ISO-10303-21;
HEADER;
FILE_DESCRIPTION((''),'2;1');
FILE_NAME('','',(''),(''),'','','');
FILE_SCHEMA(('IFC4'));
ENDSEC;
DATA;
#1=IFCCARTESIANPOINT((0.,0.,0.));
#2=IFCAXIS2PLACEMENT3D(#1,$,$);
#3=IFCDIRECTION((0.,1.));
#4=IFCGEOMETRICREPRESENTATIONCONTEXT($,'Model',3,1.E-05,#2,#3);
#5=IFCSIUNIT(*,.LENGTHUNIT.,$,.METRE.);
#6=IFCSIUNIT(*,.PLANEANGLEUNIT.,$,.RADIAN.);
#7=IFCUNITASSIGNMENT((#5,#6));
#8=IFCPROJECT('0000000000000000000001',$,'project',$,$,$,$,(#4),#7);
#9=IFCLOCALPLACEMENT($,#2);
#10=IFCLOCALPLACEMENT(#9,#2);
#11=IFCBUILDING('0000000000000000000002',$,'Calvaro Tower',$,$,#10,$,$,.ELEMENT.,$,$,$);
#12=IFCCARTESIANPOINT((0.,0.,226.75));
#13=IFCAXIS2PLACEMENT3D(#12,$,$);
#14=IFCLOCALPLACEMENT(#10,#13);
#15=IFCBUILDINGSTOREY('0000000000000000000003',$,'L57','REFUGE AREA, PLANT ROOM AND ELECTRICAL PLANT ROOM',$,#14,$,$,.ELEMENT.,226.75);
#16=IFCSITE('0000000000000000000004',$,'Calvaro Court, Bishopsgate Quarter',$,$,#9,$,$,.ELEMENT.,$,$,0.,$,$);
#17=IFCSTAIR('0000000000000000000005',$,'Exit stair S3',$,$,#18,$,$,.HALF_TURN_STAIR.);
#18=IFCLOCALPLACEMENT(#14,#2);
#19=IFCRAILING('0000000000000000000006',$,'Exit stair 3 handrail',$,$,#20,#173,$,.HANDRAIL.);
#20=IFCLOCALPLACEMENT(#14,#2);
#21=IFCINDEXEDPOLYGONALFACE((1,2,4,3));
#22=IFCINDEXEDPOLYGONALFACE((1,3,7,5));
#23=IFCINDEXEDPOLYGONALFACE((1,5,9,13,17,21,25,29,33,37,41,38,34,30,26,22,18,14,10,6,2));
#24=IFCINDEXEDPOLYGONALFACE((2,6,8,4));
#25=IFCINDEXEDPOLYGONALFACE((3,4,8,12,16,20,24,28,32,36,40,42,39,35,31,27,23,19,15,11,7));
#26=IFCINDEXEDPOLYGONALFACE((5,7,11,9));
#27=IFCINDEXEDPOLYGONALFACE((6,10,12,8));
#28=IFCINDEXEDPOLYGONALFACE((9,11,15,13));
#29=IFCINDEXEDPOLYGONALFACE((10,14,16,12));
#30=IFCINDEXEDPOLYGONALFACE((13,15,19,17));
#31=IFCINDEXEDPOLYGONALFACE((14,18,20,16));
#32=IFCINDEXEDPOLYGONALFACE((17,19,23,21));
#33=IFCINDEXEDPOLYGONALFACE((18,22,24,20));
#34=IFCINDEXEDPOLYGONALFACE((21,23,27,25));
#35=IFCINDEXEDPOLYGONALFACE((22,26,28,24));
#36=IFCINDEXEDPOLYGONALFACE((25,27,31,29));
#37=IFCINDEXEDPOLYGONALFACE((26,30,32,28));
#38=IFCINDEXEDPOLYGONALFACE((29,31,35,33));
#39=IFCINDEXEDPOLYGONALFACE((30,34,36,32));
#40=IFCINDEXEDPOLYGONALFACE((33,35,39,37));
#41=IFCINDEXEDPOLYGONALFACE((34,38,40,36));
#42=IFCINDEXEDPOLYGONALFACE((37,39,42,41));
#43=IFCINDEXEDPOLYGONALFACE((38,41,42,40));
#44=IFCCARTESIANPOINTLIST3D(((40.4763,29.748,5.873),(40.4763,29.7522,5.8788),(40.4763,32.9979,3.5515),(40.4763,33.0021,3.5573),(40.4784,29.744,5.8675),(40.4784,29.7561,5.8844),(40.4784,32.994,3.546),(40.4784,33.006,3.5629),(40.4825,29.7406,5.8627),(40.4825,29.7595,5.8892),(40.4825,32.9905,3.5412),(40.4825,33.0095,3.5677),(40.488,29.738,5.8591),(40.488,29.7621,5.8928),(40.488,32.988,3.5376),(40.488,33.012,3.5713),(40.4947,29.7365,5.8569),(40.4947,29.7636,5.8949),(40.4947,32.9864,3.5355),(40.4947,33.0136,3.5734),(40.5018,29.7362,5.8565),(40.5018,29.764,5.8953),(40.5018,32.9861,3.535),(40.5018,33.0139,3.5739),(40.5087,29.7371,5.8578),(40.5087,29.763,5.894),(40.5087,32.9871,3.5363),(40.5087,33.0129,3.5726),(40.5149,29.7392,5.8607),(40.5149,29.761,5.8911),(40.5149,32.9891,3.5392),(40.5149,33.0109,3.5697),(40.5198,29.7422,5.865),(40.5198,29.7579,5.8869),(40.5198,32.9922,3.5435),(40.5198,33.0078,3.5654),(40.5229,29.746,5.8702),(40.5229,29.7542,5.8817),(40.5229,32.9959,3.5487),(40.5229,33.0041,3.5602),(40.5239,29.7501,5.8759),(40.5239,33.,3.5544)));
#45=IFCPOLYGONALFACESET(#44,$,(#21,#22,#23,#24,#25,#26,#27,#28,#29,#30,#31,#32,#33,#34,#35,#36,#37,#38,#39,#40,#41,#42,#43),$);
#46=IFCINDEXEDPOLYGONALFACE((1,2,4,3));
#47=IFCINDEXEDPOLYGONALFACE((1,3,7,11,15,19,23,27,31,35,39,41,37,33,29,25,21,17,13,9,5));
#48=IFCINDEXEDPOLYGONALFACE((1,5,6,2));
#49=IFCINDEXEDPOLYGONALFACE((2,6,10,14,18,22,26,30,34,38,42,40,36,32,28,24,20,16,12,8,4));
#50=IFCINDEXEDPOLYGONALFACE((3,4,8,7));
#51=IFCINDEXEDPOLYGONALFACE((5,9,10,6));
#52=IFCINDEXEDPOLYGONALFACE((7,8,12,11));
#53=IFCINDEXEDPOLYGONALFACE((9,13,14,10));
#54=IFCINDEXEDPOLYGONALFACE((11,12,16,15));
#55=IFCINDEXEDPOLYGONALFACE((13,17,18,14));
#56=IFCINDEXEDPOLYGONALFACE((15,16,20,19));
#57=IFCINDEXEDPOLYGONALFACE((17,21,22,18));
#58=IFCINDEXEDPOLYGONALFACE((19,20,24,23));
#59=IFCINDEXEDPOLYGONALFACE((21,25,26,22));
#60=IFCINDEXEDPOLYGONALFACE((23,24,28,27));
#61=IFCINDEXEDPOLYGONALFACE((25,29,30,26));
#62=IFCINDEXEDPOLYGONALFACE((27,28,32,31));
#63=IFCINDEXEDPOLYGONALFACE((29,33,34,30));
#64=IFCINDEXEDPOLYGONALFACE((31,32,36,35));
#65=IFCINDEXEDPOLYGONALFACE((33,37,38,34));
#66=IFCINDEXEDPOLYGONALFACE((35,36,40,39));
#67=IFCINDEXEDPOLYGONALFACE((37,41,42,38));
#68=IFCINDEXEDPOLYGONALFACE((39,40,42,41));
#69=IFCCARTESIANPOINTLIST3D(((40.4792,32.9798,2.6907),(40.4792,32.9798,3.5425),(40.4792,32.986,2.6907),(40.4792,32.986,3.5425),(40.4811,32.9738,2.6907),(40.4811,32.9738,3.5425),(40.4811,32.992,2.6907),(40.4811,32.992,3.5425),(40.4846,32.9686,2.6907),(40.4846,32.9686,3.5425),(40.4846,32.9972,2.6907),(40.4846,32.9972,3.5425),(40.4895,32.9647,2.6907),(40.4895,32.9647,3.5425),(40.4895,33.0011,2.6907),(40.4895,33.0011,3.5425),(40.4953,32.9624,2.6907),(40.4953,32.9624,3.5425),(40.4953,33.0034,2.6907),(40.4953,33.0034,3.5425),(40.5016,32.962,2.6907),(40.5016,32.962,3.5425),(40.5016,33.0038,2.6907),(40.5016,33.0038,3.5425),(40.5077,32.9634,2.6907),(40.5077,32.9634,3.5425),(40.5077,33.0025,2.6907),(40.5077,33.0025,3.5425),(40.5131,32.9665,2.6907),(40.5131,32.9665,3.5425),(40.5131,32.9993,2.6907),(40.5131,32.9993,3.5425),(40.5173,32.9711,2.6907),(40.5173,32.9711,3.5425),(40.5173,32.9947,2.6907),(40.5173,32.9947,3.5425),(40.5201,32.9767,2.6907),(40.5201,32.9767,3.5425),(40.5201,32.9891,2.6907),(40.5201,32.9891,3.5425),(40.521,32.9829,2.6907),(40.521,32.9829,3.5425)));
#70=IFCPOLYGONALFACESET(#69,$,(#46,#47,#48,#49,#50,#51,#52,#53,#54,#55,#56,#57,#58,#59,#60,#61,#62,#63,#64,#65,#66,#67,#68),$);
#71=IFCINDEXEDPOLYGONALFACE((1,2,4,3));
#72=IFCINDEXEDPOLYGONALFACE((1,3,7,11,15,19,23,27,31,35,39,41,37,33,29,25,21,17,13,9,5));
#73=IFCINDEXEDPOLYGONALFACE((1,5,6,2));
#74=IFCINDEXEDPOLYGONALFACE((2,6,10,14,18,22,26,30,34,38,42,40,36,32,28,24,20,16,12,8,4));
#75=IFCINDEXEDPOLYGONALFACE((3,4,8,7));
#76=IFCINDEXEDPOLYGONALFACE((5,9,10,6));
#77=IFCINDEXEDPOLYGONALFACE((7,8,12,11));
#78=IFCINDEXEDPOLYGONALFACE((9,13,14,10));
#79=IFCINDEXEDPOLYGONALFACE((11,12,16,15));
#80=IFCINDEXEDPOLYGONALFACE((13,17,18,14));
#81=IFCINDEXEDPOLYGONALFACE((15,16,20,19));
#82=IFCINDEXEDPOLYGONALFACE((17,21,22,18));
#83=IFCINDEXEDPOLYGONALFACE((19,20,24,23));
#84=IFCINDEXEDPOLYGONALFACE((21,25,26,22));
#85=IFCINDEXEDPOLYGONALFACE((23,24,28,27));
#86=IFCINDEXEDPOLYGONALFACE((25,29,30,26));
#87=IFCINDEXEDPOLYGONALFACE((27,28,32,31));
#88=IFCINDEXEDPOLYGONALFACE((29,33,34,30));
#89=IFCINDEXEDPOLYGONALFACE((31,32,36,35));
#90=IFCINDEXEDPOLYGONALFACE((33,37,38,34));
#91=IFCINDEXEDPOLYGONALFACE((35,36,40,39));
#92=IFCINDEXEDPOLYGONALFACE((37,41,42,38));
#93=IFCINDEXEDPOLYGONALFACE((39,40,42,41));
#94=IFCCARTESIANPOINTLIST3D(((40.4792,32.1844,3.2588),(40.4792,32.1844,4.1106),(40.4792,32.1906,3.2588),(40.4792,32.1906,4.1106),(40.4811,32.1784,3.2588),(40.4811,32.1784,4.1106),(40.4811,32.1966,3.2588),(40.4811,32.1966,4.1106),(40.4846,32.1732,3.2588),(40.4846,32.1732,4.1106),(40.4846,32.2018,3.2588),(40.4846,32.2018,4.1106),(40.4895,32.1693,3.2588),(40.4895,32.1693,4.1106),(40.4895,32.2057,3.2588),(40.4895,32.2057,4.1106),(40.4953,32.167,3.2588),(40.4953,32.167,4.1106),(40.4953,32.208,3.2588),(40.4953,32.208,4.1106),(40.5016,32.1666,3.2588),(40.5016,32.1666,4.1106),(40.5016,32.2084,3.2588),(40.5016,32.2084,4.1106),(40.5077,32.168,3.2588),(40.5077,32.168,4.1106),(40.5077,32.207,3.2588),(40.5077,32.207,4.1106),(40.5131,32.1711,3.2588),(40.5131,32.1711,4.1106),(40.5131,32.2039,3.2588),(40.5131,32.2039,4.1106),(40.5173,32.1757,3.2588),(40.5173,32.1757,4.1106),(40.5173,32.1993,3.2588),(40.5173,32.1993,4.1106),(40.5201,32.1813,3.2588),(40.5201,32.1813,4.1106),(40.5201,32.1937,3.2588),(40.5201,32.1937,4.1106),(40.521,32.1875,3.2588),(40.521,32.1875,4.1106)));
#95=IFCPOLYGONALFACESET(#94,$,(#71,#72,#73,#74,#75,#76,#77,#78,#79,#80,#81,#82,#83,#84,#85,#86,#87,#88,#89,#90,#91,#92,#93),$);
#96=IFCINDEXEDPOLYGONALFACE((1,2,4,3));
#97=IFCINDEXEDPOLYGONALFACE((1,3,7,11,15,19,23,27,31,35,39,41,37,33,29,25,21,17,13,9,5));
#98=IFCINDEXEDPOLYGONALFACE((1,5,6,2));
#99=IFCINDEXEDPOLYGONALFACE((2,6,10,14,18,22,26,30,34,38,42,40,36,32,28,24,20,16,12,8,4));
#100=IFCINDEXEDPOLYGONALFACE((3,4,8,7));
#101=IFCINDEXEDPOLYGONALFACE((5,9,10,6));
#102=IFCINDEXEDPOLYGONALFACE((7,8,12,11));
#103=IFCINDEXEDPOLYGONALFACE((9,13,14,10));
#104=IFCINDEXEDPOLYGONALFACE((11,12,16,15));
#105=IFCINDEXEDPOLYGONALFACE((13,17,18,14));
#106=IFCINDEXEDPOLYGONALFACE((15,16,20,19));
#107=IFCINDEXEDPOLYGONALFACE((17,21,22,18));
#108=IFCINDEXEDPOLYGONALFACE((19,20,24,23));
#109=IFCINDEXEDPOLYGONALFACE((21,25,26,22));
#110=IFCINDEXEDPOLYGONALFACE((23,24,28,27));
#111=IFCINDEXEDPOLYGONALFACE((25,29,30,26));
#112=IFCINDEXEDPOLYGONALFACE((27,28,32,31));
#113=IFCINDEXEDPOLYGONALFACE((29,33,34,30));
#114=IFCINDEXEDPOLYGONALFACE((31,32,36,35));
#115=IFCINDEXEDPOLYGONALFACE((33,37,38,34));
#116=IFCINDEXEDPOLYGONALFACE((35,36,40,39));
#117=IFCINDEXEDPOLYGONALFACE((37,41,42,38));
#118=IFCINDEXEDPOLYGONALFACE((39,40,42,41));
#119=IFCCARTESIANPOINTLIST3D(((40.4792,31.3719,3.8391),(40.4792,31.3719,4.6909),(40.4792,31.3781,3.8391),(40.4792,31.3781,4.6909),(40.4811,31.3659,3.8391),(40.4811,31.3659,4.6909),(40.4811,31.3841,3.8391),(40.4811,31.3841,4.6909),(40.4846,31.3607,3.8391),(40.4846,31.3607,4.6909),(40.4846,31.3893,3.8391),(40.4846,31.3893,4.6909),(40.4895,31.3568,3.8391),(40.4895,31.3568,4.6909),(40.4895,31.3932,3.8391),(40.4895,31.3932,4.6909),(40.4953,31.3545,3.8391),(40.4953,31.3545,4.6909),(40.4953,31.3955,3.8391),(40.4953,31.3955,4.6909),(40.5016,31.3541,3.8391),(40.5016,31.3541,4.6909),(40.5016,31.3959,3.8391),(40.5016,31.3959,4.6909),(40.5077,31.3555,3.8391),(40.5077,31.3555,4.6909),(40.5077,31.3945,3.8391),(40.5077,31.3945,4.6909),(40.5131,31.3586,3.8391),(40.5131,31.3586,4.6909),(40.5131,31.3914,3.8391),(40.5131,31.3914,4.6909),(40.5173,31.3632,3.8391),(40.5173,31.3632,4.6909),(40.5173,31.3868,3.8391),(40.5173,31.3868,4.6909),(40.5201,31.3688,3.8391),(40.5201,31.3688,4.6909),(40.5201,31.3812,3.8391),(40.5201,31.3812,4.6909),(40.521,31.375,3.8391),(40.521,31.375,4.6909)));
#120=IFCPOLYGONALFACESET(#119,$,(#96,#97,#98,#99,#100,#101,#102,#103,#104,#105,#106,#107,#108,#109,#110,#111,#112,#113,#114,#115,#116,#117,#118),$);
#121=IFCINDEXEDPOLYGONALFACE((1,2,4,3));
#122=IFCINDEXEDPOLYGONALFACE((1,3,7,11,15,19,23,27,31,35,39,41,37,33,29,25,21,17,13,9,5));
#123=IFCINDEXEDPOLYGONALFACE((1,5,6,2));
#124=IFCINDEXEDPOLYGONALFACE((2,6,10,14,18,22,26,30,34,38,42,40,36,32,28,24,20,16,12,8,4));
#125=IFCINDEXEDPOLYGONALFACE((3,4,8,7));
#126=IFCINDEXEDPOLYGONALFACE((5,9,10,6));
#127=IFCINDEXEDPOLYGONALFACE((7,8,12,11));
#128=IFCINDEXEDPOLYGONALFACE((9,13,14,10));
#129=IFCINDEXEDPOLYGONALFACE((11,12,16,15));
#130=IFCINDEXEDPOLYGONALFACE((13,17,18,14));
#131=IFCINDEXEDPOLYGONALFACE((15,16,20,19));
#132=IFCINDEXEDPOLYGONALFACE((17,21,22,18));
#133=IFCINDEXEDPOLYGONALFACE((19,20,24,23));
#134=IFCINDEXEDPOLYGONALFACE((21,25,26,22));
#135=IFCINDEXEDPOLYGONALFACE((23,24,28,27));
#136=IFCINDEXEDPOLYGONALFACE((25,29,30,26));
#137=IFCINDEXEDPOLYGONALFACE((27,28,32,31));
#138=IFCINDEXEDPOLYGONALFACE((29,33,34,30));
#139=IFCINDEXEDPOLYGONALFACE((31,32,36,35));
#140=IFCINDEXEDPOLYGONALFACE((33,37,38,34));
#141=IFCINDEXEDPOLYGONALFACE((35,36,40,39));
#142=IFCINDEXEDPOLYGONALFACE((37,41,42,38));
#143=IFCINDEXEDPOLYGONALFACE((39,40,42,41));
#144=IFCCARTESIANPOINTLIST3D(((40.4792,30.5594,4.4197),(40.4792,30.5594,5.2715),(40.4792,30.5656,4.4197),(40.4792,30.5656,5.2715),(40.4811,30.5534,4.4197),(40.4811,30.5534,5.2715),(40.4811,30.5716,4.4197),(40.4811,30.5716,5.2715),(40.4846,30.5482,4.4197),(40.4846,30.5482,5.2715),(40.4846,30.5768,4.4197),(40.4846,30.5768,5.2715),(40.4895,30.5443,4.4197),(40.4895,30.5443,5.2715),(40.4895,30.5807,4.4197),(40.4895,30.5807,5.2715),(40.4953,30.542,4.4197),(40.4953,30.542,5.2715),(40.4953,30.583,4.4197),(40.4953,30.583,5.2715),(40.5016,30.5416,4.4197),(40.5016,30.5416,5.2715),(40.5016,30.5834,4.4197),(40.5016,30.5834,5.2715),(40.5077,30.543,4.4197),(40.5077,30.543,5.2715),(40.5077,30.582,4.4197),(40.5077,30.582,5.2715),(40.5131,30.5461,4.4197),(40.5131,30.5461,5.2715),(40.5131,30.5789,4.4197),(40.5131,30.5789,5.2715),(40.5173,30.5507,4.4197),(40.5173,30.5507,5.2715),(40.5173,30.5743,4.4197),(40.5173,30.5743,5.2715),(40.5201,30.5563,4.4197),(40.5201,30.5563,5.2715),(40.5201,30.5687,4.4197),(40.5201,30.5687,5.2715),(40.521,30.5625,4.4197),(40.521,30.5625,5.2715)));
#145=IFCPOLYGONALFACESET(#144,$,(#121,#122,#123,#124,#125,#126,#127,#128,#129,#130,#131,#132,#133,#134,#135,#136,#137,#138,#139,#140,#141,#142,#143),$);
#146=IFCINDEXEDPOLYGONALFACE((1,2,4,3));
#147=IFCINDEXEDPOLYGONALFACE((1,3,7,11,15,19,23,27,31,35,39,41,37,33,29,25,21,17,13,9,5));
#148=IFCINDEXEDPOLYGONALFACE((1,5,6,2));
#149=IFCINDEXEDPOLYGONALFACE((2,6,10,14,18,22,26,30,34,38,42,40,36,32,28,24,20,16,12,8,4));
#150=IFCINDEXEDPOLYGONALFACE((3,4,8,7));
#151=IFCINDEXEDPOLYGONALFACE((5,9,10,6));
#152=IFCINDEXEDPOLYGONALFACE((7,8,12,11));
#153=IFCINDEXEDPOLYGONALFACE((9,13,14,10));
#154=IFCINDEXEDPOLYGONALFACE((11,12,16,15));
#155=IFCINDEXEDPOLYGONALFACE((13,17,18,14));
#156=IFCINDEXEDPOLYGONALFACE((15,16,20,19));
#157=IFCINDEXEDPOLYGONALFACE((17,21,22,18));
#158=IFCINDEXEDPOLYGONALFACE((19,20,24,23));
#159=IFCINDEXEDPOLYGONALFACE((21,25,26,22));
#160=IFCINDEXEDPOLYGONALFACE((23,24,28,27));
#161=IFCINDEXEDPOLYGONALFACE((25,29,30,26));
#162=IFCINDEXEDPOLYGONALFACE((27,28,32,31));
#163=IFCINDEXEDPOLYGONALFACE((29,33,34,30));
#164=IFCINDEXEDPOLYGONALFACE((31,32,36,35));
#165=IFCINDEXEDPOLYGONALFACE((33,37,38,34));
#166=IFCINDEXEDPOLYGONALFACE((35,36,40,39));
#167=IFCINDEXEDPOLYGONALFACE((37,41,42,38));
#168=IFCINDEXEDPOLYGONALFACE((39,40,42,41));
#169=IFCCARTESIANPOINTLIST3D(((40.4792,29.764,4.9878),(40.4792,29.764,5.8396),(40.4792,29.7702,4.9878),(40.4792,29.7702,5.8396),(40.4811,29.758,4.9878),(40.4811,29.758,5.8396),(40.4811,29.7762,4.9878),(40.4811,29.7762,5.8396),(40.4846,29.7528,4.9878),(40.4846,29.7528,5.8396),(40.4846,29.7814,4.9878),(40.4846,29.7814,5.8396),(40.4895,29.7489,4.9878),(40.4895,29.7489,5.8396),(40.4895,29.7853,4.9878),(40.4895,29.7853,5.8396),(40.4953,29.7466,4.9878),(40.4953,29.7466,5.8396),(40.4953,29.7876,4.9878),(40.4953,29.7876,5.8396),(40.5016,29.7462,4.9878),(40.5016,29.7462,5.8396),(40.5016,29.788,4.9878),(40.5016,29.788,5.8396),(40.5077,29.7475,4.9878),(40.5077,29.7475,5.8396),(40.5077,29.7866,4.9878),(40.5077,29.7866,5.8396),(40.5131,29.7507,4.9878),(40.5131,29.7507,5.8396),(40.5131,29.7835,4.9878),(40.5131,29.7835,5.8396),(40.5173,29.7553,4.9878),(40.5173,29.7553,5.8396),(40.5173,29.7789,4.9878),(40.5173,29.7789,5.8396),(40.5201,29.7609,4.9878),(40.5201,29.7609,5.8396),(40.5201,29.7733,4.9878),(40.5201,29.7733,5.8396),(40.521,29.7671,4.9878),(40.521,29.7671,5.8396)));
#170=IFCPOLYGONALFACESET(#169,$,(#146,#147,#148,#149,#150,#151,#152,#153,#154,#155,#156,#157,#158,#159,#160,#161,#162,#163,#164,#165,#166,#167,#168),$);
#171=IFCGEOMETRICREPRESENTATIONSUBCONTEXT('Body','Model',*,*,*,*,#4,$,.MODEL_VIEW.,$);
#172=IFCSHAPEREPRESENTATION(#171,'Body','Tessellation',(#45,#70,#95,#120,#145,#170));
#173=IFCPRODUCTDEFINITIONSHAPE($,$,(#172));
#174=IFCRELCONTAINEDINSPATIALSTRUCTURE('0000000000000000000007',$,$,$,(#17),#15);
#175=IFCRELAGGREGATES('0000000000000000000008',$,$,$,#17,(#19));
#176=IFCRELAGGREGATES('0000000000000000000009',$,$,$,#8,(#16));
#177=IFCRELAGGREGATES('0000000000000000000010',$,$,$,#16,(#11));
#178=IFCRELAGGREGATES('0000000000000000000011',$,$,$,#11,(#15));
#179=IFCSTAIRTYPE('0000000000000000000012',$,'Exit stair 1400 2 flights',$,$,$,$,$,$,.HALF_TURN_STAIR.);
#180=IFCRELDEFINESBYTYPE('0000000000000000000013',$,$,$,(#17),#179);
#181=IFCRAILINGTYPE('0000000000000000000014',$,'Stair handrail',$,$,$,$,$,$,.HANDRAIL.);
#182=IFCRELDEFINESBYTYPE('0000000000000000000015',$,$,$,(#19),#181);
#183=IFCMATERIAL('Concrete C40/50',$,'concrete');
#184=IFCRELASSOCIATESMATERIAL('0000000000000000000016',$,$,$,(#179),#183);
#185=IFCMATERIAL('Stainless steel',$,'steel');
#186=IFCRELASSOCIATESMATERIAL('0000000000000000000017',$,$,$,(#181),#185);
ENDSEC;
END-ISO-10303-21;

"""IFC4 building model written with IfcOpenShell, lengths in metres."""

from ifc_helpers import new_model, si_unit, direction, frame, origin, origin_2d, place, context, subcontext, project, spatial, circle, extrude, material, type_object, element, aggregate, save


model = new_model("IFC4")

# Units and contexts
model_context = context("Model", 3, precision=1e-05, world=origin(), true_north=direction((0.0, 1.0)))
body_context = subcontext(model_context, "Body", "Model", "MODEL_VIEW")
ifc_project = project(units=[si_unit("LENGTHUNIT", "METRE"), si_unit("PLANEANGLEUNIT", "RADIAN")], contexts=[model_context])

# Site, building, storey
site_placement = place(None, origin())
site = spatial("IfcSite", under=ifc_project, at=site_placement, Name="Calvaro Court, Bishopsgate Quarter", CompositionType="ELEMENT", RefElevation=0.0)
building_placement = place(site_placement, origin())
building = spatial("IfcBuilding", under=site, at=building_placement, Name="Calvaro Tower", CompositionType="ELEMENT")
storey_placement = place(building_placement, frame((0.0, 0.0, 226.75)))
storey = spatial("IfcBuildingStorey", under=building, at=storey_placement, Name="L57", Description="REFUGE AREA, PLANT ROOM AND ELECTRICAL PLANT ROOM", CompositionType="ELEMENT", Elevation=226.75)

# Stair
ifc_material_1 = material(Name="Concrete C40/50", Category="concrete")
stair_type = type_object("IfcStairType", Name="Exit stair 1400 2 flights", PredefinedType="HALF_TURN_STAIR", material=ifc_material_1)
stair_1_placement = place(storey_placement, origin())
stair_1 = element("IfcStair", 1, at=stair_1_placement, inside=storey, type_object=stair_type, Name="Exit stair S3", PredefinedType="HALF_TURN_STAIR")

# Railing
ifc_material_2 = material(Name="Stainless steel", Category="steel")
railing_type = type_object("IfcRailingType", Name="Stair handrail", PredefinedType="HANDRAIL", material=ifc_material_2)
railing_1_placement = place(storey_placement, frame((40.5, 33.0, 2.6785)))
railing_1 = element("IfcRailing", 2, at=railing_1_placement, type_object=railing_type, Name="Exit stair 3 handrail", PredefinedType="HANDRAIL", context=body_context, shape_type="SweptSolid", body=[
    extrude(circle(Radius=0.0239, at=origin_2d()), frame((0.0, 0.0, 0.876), z_axis=(0.0, -0.813721, 0.581256), x_axis=(1.0, 0.0, 0.0)), (0.0, 0.0, 1.0), 3.9939),
    extrude(circle(Radius=0.021, at=origin_2d()), frame((0.0, -0.0171, 0.0122)), (0.0, 0.0, 1.0), 0.8518),
    extrude(circle(Radius=0.021, at=origin_2d()), frame((0.0, -0.8125, 0.5803)), (0.0, 0.0, 1.0), 0.8518),
    extrude(circle(Radius=0.021, at=origin_2d()), frame((0.0, -1.625, 1.1606)), (0.0, 0.0, 1.0), 0.8518),
    extrude(circle(Radius=0.021, at=origin_2d()), frame((0.0, -2.4375, 1.7412)), (0.0, 0.0, 1.0), 0.8518),
    extrude(circle(Radius=0.021, at=origin_2d()), frame((0.0, -3.2329, 2.3093)), (0.0, 0.0, 1.0), 0.8518),
])
aggregate(stair_1, [railing_1])

save(model, "model.ifc")
